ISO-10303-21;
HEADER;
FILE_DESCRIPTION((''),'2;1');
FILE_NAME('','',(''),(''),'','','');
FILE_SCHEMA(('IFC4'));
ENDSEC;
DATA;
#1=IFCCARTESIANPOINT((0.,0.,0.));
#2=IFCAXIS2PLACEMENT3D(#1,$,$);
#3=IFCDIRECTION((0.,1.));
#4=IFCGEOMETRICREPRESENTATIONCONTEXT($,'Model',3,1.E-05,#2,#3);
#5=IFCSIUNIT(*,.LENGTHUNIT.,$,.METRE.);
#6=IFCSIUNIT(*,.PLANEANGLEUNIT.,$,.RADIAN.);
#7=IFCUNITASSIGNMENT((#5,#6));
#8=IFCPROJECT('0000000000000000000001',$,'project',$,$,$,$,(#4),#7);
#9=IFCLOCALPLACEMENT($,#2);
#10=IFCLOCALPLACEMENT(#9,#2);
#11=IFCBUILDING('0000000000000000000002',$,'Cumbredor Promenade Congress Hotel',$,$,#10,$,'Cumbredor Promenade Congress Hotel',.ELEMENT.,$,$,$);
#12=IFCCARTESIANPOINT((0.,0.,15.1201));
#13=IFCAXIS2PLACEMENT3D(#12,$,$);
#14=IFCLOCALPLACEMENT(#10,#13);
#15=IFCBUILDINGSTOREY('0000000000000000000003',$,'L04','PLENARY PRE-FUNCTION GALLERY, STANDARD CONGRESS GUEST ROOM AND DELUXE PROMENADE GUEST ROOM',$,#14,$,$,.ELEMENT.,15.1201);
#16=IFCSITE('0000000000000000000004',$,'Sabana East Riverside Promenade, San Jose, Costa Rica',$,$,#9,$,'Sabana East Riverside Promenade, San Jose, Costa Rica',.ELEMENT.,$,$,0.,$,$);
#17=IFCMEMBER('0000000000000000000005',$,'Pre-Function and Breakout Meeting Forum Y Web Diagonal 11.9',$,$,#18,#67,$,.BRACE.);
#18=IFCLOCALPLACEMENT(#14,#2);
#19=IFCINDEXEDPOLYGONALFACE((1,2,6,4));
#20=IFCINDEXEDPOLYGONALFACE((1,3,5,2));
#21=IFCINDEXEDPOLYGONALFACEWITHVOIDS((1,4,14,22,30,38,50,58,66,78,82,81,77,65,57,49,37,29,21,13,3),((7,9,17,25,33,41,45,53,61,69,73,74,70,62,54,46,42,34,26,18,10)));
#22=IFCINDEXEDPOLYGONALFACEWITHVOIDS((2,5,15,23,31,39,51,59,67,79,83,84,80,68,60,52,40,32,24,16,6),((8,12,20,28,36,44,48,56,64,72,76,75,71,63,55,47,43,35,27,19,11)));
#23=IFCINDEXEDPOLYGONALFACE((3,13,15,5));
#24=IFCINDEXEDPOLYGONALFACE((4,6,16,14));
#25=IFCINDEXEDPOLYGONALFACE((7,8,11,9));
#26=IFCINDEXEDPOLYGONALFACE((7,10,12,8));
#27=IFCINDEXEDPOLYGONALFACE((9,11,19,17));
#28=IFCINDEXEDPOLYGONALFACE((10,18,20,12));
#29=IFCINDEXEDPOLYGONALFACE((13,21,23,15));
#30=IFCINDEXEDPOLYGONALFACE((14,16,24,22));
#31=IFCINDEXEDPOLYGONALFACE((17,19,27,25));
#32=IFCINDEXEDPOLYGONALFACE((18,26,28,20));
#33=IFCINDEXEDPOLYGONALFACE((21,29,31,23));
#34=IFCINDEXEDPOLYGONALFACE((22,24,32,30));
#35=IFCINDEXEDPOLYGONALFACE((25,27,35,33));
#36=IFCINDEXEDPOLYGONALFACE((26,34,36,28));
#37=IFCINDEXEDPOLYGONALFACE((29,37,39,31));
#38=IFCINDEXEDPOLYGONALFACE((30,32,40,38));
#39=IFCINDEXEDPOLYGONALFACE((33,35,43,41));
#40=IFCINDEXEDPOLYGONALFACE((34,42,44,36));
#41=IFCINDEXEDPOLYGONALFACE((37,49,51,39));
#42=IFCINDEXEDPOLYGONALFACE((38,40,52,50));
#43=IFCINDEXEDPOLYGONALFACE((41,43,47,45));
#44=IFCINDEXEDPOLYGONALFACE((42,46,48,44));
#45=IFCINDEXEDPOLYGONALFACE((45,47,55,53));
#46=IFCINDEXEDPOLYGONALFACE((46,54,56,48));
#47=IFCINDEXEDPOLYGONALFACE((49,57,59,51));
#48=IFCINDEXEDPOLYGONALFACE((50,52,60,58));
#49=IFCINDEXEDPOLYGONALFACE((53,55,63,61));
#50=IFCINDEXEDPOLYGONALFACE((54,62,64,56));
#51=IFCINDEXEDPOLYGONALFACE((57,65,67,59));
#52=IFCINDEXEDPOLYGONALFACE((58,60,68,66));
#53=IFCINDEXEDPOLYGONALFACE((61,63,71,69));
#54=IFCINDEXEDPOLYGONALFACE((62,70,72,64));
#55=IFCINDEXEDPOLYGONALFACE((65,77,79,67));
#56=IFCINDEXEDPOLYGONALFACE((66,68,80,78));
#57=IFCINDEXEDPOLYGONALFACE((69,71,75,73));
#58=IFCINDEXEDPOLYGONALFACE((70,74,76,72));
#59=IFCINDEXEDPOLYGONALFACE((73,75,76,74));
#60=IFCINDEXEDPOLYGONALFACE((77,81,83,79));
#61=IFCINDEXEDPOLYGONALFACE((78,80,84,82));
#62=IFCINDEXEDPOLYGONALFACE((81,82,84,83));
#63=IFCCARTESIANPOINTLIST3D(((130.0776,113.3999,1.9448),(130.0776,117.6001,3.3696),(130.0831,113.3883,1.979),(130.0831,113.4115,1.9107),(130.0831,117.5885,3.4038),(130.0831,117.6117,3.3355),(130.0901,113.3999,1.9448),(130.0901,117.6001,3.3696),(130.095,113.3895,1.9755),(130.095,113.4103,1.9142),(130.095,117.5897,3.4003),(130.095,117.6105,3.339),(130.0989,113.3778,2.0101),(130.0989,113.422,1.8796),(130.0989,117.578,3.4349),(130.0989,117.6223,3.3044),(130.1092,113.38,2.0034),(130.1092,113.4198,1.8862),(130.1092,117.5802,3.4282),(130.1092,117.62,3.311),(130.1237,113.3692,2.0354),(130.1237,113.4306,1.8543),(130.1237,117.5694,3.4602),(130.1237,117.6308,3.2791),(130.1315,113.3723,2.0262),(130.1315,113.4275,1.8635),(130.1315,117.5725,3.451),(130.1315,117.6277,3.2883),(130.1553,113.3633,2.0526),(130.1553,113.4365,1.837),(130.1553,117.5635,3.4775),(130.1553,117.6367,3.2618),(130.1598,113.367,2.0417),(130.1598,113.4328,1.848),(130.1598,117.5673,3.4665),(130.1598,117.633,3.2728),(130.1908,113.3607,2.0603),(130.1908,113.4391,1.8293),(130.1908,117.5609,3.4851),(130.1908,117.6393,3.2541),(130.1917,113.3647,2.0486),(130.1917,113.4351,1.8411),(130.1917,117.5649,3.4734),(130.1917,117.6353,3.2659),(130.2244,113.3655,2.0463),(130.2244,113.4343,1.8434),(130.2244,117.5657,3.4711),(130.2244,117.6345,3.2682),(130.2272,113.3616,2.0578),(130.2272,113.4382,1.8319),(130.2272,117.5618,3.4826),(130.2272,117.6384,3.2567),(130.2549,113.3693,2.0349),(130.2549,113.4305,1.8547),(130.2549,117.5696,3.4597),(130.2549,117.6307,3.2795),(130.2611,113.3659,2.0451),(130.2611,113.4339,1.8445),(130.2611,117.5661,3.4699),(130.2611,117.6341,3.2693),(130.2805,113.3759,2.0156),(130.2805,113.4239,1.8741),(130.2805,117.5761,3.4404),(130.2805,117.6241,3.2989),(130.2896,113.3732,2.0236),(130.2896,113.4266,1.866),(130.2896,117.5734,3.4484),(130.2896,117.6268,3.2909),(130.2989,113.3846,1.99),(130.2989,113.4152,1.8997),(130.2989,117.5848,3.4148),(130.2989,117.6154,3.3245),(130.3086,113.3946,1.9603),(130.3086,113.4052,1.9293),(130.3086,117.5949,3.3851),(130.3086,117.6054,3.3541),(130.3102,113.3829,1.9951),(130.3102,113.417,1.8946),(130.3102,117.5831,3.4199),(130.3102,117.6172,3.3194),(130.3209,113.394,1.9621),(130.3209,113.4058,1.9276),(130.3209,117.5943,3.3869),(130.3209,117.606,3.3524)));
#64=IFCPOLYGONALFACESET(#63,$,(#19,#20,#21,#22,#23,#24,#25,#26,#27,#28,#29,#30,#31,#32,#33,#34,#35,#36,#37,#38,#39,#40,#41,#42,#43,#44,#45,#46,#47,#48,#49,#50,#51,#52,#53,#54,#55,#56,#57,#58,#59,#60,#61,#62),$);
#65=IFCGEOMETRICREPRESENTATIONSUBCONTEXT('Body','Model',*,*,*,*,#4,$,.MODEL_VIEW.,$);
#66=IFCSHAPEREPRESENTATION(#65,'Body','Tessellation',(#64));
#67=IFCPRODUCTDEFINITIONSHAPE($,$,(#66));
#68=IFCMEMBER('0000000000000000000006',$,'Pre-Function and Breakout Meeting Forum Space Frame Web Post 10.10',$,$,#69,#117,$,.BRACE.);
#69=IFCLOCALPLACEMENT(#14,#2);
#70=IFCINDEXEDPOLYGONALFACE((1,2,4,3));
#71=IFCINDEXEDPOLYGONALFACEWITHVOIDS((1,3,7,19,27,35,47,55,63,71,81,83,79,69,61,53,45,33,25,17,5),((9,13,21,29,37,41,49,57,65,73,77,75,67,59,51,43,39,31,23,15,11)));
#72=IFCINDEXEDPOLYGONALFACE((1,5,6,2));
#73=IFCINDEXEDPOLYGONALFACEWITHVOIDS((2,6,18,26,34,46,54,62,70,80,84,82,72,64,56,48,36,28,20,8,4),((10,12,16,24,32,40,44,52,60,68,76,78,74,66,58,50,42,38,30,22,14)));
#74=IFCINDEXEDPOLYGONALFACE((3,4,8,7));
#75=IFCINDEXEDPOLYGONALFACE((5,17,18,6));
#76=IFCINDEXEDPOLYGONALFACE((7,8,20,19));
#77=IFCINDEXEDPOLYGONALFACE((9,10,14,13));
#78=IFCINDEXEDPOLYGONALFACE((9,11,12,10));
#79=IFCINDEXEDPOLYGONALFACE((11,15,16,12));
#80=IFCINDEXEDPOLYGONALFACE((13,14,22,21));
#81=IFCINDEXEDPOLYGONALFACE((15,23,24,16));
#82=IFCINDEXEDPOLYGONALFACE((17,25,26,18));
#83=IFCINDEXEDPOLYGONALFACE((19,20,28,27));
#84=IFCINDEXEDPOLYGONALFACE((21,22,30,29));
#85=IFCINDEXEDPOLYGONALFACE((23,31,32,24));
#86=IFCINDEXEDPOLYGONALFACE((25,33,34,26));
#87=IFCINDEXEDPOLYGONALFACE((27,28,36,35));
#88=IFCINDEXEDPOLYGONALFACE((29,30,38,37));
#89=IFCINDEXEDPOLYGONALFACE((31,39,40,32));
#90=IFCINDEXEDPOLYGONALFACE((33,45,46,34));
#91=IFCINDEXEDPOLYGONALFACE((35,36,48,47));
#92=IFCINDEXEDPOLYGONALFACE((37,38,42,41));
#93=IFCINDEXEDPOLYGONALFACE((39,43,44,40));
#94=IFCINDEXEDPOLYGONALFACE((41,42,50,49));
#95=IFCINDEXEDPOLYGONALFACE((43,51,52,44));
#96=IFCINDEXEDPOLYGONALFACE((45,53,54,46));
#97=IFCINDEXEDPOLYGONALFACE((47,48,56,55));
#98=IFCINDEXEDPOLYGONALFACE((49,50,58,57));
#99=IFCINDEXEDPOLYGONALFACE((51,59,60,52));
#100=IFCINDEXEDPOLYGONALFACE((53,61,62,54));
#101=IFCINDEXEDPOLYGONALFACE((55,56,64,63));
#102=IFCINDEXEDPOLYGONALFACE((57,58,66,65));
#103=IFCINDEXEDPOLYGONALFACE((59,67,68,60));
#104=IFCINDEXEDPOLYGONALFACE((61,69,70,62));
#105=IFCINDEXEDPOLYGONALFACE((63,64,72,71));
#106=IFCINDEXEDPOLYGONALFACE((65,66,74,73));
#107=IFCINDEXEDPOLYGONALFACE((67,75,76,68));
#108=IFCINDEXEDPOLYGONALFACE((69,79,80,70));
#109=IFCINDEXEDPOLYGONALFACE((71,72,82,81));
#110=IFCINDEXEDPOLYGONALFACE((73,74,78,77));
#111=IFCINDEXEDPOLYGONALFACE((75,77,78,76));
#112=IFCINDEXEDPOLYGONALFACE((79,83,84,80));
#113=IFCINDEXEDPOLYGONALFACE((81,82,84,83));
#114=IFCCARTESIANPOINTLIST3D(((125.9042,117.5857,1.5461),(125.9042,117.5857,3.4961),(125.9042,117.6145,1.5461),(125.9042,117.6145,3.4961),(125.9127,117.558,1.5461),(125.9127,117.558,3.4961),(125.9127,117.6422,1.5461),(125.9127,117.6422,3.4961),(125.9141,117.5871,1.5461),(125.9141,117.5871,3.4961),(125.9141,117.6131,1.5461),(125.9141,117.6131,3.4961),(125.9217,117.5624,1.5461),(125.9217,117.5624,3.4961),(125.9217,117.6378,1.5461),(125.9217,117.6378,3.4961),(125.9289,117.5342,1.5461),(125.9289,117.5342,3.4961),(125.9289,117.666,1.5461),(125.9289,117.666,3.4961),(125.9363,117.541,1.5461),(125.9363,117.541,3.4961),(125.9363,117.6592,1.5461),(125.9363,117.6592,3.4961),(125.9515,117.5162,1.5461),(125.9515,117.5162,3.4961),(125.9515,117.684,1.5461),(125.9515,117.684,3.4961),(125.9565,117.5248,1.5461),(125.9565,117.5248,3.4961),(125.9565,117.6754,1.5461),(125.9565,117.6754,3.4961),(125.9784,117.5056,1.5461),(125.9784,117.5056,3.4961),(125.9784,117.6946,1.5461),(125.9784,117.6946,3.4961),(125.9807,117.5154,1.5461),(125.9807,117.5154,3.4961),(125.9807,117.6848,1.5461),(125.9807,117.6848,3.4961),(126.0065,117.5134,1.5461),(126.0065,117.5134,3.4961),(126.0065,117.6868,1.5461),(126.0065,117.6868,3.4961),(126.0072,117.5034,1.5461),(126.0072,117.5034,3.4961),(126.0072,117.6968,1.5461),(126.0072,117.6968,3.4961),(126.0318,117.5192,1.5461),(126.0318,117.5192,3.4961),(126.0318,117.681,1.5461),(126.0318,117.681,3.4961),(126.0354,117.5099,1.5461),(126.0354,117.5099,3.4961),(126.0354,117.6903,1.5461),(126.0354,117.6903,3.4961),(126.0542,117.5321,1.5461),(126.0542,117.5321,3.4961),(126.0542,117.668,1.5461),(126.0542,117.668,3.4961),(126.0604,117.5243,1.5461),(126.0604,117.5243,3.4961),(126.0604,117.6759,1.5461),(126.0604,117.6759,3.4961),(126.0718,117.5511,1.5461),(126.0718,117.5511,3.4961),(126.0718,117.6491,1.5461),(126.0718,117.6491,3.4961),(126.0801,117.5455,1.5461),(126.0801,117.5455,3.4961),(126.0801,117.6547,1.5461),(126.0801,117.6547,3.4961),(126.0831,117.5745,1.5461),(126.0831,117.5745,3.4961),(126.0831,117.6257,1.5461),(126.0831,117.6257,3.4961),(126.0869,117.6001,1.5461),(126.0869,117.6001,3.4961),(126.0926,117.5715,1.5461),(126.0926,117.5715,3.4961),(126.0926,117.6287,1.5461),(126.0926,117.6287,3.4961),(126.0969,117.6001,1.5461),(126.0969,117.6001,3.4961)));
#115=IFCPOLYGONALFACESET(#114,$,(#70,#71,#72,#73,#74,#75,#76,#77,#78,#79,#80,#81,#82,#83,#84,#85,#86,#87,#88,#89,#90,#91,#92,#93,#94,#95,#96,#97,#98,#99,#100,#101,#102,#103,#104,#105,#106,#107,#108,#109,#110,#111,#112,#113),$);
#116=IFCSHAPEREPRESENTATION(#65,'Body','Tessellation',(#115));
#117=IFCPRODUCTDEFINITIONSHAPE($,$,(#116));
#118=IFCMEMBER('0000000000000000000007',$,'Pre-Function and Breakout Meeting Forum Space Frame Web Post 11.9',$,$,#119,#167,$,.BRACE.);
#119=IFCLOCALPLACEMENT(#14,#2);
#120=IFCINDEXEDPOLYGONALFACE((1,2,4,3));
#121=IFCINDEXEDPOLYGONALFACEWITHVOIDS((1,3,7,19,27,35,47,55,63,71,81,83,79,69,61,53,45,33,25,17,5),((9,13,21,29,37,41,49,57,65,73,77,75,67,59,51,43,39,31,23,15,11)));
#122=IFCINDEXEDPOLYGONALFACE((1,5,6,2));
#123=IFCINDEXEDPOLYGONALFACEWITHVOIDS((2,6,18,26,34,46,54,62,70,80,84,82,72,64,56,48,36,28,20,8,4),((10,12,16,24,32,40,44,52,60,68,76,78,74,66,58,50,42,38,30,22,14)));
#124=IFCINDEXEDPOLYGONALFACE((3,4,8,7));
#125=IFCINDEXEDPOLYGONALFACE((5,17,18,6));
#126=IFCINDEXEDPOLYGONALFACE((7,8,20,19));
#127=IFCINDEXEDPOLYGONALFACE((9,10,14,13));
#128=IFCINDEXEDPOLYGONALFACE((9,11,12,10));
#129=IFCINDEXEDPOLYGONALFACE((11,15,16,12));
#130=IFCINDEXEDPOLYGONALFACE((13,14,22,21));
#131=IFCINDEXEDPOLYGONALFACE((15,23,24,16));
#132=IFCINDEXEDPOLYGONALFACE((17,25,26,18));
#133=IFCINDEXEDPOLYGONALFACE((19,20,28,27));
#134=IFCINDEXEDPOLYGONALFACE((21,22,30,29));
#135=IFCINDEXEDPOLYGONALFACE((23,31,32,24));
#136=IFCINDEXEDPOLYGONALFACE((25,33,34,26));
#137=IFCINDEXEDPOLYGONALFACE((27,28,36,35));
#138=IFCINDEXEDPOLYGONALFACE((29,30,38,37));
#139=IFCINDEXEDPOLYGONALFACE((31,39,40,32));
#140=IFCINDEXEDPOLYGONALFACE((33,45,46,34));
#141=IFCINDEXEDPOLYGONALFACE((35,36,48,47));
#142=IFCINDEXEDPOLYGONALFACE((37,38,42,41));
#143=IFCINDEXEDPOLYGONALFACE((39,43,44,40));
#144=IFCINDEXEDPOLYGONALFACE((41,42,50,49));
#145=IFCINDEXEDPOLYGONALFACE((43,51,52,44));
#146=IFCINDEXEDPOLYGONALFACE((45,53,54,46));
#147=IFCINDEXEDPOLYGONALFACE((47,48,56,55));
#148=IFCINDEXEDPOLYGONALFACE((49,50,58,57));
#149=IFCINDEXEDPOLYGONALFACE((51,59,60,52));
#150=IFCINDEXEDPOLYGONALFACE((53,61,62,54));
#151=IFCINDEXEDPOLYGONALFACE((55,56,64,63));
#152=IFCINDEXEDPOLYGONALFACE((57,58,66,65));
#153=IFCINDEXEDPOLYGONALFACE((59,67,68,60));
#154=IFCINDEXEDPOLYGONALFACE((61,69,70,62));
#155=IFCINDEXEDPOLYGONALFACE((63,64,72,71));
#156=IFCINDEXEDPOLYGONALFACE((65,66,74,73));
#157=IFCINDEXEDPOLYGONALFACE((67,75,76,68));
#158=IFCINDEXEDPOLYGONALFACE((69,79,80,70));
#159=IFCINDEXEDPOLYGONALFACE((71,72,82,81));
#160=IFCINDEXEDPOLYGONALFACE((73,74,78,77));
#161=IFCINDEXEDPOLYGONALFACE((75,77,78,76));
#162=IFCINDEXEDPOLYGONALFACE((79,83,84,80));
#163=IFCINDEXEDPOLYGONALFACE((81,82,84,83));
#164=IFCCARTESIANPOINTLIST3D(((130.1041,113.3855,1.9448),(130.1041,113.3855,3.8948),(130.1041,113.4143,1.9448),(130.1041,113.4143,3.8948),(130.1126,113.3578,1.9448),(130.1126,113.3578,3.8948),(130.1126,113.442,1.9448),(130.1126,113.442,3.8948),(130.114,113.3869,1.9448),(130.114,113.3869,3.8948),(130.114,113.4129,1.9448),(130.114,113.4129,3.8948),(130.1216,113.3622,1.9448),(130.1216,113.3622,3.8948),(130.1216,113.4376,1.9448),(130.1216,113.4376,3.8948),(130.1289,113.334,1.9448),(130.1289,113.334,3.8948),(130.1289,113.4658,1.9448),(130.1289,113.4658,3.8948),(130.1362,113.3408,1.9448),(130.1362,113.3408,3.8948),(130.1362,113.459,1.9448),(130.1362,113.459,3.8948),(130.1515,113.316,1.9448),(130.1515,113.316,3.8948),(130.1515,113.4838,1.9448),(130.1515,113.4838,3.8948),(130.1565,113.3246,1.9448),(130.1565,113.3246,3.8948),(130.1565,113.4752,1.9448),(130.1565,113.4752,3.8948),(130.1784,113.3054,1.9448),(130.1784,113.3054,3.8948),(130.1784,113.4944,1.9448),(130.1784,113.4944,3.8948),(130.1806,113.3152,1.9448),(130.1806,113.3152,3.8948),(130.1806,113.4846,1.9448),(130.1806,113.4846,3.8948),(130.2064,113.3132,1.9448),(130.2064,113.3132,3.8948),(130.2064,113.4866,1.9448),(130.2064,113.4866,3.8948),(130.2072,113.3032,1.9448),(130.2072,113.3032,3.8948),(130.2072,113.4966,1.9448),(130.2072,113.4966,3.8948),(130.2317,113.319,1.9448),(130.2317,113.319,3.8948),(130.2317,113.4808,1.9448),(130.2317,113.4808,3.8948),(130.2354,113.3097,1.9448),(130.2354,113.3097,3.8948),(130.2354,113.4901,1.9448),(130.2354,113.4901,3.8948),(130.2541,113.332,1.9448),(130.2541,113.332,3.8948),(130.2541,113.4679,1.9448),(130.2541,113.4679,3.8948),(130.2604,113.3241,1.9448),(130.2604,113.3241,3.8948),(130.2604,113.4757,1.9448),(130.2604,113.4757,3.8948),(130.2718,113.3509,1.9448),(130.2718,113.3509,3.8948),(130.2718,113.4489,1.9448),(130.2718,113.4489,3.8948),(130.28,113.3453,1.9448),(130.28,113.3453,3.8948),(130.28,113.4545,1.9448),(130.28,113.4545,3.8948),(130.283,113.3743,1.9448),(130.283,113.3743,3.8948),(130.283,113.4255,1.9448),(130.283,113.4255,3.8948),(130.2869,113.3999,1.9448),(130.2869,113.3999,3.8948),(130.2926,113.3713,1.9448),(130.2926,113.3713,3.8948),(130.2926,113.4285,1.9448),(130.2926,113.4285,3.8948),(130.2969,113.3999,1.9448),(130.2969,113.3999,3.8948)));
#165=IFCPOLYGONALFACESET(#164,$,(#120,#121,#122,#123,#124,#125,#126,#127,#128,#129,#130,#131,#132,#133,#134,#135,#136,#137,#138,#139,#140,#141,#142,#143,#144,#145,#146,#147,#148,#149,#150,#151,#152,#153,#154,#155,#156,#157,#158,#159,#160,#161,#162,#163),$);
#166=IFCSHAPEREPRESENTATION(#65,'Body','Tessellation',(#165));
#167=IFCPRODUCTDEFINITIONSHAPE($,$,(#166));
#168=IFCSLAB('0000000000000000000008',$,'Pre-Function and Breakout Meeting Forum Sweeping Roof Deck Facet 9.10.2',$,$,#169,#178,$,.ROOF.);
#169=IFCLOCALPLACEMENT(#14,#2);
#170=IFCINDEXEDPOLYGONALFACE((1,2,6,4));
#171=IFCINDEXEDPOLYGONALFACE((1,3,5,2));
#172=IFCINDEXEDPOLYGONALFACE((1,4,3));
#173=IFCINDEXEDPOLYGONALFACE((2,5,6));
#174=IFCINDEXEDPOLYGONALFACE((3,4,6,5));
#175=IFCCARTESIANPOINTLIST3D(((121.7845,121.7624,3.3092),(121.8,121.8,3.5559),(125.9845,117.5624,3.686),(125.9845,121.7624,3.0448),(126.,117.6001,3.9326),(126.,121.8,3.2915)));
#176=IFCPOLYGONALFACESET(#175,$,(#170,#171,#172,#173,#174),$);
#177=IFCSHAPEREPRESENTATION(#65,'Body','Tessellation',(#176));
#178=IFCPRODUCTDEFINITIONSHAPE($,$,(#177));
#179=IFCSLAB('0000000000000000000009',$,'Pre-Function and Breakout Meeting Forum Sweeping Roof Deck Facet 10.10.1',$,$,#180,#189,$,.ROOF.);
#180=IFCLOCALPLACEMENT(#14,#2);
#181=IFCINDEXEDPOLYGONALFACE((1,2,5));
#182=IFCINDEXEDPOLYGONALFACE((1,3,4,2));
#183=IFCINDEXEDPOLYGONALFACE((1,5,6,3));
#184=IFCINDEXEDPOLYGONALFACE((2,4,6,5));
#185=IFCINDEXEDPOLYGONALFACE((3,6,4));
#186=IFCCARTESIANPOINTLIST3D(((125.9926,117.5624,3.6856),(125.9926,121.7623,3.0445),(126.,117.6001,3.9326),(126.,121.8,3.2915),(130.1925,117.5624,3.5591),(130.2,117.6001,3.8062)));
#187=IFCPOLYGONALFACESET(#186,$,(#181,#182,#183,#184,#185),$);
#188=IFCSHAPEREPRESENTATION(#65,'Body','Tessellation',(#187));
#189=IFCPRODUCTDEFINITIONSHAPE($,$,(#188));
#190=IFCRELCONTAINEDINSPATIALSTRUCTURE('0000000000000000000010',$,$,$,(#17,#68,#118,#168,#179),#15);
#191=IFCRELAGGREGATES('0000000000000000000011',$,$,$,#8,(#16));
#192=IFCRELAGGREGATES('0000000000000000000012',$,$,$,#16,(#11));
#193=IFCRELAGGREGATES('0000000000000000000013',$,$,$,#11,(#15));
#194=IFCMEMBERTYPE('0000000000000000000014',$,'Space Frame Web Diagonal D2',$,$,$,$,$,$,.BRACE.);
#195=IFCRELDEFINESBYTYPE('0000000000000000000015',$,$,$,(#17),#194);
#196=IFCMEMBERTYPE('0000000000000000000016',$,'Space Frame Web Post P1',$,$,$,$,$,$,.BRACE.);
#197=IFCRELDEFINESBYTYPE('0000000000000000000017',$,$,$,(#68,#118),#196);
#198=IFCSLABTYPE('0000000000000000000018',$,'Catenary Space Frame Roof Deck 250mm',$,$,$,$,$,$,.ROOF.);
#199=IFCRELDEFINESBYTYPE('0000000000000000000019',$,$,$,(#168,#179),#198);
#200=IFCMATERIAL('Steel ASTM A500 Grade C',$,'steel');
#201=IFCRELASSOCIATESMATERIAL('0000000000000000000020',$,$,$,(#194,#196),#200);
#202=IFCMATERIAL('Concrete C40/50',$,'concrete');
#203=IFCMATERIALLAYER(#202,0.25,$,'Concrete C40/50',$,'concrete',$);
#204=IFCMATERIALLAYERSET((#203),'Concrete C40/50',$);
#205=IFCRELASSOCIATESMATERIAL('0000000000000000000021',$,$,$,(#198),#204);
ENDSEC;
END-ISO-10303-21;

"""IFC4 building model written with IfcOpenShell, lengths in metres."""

from ifc_helpers import new_model, si_unit, direction, frame, origin, origin_2d, place, context, subcontext, project, spatial, polyline, hollow_circle, outline, extrude, material, layer, layer_set, material_profile, profile_set, type_object, element, save


model = new_model("IFC4")

# Units and contexts
model_context = context("Model", 3, precision=1e-05, world=origin(), true_north=direction((0.0, 1.0)))
body_context = subcontext(model_context, "Body", "Model", "MODEL_VIEW")
ifc_project = project(units=[si_unit("LENGTHUNIT", "METRE"), si_unit("PLANEANGLEUNIT", "RADIAN")], contexts=[model_context])

# Site, building, storey
site_placement = place(None, origin())
site = spatial("IfcSite", under=ifc_project, at=site_placement, Name="Sabana East Riverside Promenade, San Jose, Costa Rica", LongName="Sabana East Riverside Promenade, San Jose, Costa Rica", CompositionType="ELEMENT", RefElevation=0.0)
building_placement = place(site_placement, origin())
building = spatial("IfcBuilding", under=site, at=building_placement, Name="Cumbredor Promenade Congress Hotel", LongName="Cumbredor Promenade Congress Hotel", CompositionType="ELEMENT")
storey_placement = place(building_placement, frame((0.0, 0.0, 15.1201)))
storey = spatial("IfcBuildingStorey", under=building, at=storey_placement, Name="L04", Description="PLENARY PRE-FUNCTION GALLERY, STANDARD CONGRESS GUEST ROOM AND DELUXE PROMENADE GUEST ROOM", CompositionType="ELEMENT", Elevation=15.1201)

# Members
ifc_material_1 = material(Name="Steel ASTM A500 Grade C", Category="steel")
ifc_material_profile_1 = material_profile(ifc_material_1, hollow_circle(Radius=0.1223, WallThickness=0.0125, at=origin_2d()), Name="CHS 244.5x12.5")
ifc_profile_set_1 = profile_set([ifc_material_profile_1], Name="Steel ASTM A500 Grade C")
member_type_1 = type_object("IfcMemberType", Name="Space Frame Web Diagonal D2", PredefinedType="BRACE", material=ifc_profile_set_1)
member_1_placement = place(storey_placement, frame((130.2, 113.3999, 1.9448), z_axis=(0.0, 0.946997, 0.321243), x_axis=(-1.0, 0.0, 0.0)))
element("IfcMember", 1, at=member_1_placement, inside=storey, type_object=member_type_1, Name="Pre-Function and Breakout Meeting Forum Y Web Diagonal 11.9", PredefinedType="BRACE", context=body_context, shape_type="SweptSolid", body=[
    extrude(hollow_circle(Radius=0.1223, WallThickness=0.0125, at=origin_2d()), origin(), (0.0, 0.0, 1.0), 4.4353),
])
ifc_material_profile_2 = material_profile(ifc_material_1, hollow_circle(Radius=0.0969, WallThickness=0.01, at=origin_2d()), Name="CHS 193.7x10")
ifc_profile_set_2 = profile_set([ifc_material_profile_2], Name="Steel ASTM A500 Grade C")
member_type_2 = type_object("IfcMemberType", Name="Space Frame Web Post P1", PredefinedType="BRACE", material=ifc_profile_set_2)
for number, where, z_axis, x_axis, name in (
    (2, (126.0, 117.6001, 1.5461), (0.0, 0.0, 1.0), (1.0, 0.0, 0.0), "Pre-Function and Breakout Meeting Forum Space Frame Web Post 10.10"),
    (3, (130.2, 113.3999, 1.9448), (0.0, 0.0, 1.0), (1.0, 0.0, 0.0), "Pre-Function and Breakout Meeting Forum Space Frame Web Post 11.9"),
):
    element("IfcMember", number, at=place(storey_placement, frame(where, z_axis=z_axis, x_axis=x_axis)), inside=storey, type_object=member_type_2, Name=name, PredefinedType="BRACE", context=body_context, shape_type="SweptSolid", body=[
        extrude(hollow_circle(Radius=0.0969, WallThickness=0.01, at=origin_2d()), origin(), (0.0, 0.0, 1.0), 1.95),
    ])

# Slabs
ifc_material_2 = material(Name="Concrete C40/50", Category="concrete")
ifc_layer_1 = layer(ifc_material_2, 0.25, Name="Concrete C40/50", Category="concrete")
ifc_layer_set_1 = layer_set([ifc_layer_1], Name="Concrete C40/50")
slab_type = type_object("IfcSlabType", Name="Catenary Space Frame Roof Deck 250mm", PredefinedType="ROOF", material=ifc_layer_set_1)
slab_1_placement = place(storey_placement, frame((126.0, 117.6001, 3.9326), z_axis=(0.062113, 0.150608, 0.98664), x_axis=(0.0, 0.988549, -0.1509)))
element("IfcSlab", 4, at=slab_1_placement, inside=storey, type_object=slab_type, Name="Pre-Function and Breakout Meeting Forum Sweeping Roof Deck Facet 9.10.2", PredefinedType="ROOF", context=body_context, shape_type="SweptSolid", body=[
    extrude(outline(polyline([(0.0, 0.0), (4.2486, 0.0), (4.2087, 4.2081), (0.0, 0.0)])), origin(), (0.0, 0.0, -1.0), 0.25),
])
slab_2_placement = place(storey_placement, frame((126.0, 117.6001, 3.9326), z_axis=(0.029753, 0.150833, 0.988111), x_axis=(0.999547, 0.0, -0.030097)))
element("IfcSlab", 5, at=slab_2_placement, inside=storey, type_object=slab_type, Name="Pre-Function and Breakout Meeting Forum Sweeping Roof Deck Facet 10.10.1", PredefinedType="ROOF", context=body_context, shape_type="SweptSolid", body=[
    extrude(outline(polyline([(0.0, 0.0), (4.2019, 0.0), (0.0193, 4.2486), (0.0, 0.0)])), origin(), (0.0, 0.0, -1.0), 0.25),
])

save(model, "model.ifc")
